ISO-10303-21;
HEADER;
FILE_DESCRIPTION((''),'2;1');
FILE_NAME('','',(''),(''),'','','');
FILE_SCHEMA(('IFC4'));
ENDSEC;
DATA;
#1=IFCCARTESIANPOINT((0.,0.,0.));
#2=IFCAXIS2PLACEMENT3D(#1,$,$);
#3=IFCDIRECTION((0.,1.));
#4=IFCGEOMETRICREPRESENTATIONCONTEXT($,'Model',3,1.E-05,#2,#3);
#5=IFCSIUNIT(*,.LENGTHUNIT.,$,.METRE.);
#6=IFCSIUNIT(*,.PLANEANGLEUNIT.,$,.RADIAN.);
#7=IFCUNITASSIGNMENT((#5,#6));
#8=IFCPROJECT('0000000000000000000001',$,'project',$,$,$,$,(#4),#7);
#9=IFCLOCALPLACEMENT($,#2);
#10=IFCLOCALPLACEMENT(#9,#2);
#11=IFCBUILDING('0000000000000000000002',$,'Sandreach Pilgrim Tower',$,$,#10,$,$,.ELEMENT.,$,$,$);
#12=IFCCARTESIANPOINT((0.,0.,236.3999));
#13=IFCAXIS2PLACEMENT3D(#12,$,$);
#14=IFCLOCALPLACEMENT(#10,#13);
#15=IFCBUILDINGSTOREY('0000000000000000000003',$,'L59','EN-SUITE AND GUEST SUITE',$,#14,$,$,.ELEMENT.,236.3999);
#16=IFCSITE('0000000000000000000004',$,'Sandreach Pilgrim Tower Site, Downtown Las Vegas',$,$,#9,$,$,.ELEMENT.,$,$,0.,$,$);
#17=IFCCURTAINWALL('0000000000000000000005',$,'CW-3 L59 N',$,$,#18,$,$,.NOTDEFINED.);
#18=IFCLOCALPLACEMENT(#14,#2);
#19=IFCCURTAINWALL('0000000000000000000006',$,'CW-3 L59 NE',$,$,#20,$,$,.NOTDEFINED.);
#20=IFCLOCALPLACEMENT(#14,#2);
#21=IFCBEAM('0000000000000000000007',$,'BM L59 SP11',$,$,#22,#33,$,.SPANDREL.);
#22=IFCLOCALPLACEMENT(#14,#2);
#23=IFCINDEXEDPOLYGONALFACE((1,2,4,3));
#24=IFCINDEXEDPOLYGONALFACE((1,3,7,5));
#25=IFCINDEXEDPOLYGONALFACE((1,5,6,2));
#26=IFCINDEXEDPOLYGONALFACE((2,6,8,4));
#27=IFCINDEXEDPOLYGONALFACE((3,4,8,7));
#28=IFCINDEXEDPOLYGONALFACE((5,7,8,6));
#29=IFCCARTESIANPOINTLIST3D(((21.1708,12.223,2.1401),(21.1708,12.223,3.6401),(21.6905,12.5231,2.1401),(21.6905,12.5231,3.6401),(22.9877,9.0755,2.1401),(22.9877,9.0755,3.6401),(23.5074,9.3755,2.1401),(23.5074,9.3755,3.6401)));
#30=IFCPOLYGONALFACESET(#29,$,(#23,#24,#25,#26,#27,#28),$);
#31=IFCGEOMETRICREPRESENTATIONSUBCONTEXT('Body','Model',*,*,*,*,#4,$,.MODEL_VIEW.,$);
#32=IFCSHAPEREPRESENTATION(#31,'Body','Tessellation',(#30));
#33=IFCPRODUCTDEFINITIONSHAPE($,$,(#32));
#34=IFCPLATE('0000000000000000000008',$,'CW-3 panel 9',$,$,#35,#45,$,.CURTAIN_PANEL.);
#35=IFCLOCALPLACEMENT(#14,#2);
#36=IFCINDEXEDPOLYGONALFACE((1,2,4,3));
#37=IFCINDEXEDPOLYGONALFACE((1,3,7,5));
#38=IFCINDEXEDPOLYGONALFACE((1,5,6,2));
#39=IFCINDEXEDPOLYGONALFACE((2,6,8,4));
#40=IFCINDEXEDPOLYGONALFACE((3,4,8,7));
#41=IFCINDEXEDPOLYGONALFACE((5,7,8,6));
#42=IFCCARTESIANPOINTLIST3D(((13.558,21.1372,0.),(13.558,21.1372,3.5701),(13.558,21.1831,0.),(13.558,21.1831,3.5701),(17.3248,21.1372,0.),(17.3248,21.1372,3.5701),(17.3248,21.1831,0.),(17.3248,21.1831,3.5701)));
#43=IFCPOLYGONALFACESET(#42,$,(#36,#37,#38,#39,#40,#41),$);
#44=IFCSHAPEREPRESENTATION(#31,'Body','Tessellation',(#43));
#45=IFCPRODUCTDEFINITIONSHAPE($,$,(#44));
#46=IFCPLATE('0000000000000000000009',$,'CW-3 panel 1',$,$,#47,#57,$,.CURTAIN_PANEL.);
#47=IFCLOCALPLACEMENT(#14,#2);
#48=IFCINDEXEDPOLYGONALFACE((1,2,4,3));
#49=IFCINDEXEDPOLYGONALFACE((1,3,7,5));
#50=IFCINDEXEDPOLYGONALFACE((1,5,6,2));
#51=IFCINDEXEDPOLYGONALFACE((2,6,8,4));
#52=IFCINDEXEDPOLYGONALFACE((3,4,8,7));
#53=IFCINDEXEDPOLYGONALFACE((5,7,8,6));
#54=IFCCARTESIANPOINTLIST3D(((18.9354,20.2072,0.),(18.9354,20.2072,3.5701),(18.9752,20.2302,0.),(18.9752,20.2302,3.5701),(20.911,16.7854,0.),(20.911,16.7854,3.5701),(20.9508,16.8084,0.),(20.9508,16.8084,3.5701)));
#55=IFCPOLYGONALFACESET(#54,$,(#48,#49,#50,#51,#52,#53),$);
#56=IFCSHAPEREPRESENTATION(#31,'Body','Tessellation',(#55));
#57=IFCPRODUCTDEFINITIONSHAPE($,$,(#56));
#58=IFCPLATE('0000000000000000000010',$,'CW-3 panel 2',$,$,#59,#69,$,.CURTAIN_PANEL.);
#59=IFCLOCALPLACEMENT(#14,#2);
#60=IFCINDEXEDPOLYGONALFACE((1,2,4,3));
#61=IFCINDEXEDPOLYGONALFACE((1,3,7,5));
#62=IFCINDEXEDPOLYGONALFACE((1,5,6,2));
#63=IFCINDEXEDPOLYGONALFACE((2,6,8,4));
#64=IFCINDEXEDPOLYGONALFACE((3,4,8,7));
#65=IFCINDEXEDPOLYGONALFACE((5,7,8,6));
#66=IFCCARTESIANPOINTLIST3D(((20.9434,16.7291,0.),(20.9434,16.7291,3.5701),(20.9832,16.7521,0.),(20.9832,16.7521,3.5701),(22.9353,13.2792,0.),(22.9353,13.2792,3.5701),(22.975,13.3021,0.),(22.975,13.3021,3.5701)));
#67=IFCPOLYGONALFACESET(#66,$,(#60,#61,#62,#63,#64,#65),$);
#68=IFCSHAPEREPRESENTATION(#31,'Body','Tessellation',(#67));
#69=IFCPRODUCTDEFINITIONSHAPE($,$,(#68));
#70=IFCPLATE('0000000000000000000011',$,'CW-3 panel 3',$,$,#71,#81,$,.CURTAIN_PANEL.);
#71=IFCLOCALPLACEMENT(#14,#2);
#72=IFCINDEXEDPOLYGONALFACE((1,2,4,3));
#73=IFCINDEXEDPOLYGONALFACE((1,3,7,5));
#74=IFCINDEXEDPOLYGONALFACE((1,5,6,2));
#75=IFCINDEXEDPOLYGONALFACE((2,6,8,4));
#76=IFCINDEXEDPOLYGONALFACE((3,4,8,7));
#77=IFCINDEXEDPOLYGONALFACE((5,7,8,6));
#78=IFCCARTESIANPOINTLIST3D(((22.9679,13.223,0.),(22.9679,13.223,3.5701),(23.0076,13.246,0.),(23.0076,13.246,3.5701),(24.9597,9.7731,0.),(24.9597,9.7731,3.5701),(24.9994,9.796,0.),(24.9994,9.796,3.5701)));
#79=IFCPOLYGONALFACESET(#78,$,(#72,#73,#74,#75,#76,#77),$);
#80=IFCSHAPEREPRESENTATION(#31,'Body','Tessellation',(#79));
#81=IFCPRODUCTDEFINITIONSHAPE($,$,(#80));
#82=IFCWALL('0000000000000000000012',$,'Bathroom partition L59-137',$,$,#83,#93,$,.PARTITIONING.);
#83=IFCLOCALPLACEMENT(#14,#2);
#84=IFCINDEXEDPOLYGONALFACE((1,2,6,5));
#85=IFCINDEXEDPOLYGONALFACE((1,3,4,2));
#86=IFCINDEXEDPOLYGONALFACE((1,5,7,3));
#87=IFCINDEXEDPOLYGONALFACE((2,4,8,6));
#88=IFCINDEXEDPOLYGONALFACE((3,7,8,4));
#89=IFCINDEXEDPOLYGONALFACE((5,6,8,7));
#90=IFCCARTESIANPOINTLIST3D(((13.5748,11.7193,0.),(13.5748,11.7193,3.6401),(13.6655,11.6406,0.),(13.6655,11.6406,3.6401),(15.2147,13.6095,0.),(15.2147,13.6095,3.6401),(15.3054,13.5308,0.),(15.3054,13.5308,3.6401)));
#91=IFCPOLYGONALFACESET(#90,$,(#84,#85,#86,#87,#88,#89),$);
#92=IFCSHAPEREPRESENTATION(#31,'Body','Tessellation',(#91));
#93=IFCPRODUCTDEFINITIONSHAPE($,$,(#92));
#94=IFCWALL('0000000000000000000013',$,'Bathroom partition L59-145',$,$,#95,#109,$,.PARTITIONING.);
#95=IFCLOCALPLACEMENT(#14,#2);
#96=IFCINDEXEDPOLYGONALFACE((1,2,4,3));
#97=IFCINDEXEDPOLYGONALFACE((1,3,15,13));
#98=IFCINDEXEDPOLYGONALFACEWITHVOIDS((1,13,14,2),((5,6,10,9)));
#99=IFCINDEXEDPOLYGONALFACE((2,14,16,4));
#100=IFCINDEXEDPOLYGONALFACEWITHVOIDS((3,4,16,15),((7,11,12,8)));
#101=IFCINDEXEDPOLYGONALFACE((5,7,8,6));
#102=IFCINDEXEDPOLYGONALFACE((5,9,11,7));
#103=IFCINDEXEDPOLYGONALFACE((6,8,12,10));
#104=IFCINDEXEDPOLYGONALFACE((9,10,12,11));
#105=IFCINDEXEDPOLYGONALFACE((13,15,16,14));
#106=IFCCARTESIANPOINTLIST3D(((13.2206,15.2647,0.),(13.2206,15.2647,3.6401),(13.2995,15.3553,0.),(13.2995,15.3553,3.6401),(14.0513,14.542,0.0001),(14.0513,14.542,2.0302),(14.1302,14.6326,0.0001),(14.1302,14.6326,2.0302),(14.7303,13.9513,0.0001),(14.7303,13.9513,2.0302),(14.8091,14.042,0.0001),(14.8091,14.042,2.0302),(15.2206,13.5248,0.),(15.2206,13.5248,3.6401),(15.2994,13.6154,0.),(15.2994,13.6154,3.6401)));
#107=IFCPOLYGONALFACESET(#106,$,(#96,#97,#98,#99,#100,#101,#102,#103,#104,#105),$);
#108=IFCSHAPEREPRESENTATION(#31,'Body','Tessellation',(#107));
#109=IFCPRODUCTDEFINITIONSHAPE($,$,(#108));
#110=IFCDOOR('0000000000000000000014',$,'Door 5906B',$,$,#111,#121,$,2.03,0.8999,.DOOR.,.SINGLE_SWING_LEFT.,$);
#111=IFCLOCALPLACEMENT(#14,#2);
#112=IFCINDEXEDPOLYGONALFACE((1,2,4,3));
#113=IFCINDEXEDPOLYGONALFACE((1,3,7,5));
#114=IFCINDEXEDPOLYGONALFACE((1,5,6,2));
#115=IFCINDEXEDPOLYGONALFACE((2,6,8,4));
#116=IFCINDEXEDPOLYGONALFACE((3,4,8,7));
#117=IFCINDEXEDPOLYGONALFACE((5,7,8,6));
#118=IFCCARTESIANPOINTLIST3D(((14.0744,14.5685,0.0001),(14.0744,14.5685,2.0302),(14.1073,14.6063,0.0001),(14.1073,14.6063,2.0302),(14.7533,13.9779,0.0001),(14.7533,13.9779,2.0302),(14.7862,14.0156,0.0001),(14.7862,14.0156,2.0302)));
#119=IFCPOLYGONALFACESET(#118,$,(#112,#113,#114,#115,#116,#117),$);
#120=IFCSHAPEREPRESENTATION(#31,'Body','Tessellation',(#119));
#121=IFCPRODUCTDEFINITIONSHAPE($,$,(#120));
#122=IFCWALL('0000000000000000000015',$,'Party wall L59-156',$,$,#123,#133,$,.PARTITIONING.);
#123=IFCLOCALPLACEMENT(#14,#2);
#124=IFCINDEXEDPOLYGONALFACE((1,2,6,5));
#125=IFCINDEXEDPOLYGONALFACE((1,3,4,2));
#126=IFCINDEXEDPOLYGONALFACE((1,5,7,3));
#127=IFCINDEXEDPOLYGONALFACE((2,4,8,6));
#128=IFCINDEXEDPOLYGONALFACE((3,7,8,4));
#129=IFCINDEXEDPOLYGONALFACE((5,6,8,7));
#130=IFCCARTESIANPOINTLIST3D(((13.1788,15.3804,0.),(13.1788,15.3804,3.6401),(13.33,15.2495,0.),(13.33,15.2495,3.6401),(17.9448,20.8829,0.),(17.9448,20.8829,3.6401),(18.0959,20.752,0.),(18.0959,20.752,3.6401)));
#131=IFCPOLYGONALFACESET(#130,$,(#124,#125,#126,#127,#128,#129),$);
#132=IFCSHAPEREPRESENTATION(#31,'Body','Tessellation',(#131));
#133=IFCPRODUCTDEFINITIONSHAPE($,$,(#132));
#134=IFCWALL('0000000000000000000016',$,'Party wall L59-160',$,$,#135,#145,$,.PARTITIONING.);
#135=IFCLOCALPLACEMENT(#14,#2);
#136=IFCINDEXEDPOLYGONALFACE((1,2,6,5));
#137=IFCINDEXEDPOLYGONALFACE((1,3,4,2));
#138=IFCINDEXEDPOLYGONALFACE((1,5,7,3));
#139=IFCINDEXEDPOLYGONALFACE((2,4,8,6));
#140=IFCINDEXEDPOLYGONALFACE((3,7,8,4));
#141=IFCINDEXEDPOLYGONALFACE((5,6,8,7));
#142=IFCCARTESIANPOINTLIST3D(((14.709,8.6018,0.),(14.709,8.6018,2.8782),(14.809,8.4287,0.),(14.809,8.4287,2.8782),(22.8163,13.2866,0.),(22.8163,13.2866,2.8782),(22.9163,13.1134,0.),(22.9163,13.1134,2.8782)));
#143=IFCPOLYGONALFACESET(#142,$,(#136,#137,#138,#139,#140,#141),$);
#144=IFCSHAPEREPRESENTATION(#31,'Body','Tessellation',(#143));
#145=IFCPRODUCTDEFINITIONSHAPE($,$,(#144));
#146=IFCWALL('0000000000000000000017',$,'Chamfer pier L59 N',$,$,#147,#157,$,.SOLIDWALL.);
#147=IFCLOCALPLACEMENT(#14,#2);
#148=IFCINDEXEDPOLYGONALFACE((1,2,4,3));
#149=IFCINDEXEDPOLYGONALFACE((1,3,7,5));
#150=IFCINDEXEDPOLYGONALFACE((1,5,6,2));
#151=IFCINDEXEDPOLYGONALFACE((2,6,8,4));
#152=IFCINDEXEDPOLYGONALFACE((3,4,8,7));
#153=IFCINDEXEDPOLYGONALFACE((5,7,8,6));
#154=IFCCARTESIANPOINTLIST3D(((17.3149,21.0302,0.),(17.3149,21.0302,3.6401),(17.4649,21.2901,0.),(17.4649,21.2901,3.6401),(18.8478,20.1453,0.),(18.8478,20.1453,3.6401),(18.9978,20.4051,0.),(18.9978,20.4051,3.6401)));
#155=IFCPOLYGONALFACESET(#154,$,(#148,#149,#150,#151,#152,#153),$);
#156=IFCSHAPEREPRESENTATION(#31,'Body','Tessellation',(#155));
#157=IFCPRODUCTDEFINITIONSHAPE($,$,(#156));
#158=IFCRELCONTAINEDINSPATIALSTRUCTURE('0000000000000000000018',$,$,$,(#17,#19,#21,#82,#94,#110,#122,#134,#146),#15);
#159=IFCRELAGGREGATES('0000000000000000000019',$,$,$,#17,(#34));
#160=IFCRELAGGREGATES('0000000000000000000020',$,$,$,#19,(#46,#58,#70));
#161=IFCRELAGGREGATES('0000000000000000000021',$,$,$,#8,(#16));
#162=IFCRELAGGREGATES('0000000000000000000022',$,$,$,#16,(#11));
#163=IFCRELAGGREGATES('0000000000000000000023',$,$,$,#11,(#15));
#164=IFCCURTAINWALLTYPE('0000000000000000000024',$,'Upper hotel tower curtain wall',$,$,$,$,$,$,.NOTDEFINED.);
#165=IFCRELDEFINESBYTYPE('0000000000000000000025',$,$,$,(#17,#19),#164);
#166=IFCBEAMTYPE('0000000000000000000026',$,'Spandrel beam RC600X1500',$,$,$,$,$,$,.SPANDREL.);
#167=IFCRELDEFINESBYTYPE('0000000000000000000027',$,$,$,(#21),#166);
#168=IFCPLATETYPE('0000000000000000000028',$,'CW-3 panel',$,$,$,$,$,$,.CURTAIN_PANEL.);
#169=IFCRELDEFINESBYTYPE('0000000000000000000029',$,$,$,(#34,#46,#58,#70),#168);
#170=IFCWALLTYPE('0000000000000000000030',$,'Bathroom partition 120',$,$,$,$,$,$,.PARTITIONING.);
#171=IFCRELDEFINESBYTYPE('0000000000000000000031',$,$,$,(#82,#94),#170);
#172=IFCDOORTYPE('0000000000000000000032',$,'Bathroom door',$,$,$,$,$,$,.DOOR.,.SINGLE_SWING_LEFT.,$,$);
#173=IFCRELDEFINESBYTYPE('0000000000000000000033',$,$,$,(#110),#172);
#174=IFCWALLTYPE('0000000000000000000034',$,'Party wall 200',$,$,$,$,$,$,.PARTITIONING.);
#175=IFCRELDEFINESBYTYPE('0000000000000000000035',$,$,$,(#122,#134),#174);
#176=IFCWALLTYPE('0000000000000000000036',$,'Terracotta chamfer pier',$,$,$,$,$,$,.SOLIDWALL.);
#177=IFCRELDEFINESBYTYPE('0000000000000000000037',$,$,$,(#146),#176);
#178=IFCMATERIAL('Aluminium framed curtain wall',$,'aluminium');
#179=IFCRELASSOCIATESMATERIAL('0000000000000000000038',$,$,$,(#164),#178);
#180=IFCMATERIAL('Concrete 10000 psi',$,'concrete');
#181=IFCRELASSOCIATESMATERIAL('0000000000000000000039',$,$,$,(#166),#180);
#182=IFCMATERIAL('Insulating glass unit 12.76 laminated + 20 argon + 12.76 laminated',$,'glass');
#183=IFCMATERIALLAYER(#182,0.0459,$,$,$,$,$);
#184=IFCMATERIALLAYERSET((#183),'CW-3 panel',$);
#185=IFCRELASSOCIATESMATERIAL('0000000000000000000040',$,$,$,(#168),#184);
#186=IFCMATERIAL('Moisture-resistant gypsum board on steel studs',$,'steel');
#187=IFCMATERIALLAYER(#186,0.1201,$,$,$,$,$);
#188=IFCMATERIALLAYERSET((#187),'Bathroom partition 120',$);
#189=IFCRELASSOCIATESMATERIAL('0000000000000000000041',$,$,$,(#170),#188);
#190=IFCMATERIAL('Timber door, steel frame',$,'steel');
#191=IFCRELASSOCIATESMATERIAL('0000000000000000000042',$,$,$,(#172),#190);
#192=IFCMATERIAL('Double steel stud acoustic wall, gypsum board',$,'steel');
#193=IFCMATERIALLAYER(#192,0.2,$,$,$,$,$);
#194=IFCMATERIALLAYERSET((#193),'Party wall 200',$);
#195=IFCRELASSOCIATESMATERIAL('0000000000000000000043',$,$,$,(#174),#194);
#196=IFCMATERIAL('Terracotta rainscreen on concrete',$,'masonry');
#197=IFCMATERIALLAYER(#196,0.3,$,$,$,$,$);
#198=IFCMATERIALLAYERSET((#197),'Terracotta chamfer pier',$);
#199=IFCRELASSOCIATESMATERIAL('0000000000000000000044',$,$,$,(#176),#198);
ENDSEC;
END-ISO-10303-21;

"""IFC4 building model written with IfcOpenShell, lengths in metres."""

from ifc_helpers import new_model, si_unit, direction, frame, frame_2d, origin, origin_2d, place, context, subcontext, project, spatial, rectangle, extrude, material, layer, layer_set, material_profile, profile_set, type_object, element, fill, aggregate, save


model = new_model("IFC4")

# Units and contexts
model_context = context("Model", 3, precision=1e-05, world=origin(), true_north=direction((0.0, 1.0)))
body_context = subcontext(model_context, "Body", "Model", "MODEL_VIEW")
ifc_project = project(units=[si_unit("LENGTHUNIT", "METRE"), si_unit("PLANEANGLEUNIT", "RADIAN")], contexts=[model_context])

# Site, building, storey
site_placement = place(None, origin())
site = spatial("IfcSite", under=ifc_project, at=site_placement, Name="Sandreach Pilgrim Tower Site, Downtown Las Vegas", CompositionType="ELEMENT", RefElevation=0.0)
building_placement = place(site_placement, origin())
building = spatial("IfcBuilding", under=site, at=building_placement, Name="Sandreach Pilgrim Tower", CompositionType="ELEMENT")
storey_placement = place(building_placement, frame((0.0, 0.0, 236.3999)))
storey = spatial("IfcBuildingStorey", under=building, at=storey_placement, Name="L59", Description="EN-SUITE AND GUEST SUITE", CompositionType="ELEMENT", Elevation=236.3999)

# Curtain walls
ifc_material_1 = material(Name="Aluminium framed curtain wall", Category="aluminium")
curtain_wall_type = type_object("IfcCurtainWallType", Name="Upper hotel tower curtain wall", PredefinedType="NOTDEFINED", material=ifc_material_1)
curtain_wall_1_placement = place(storey_placement, origin())
curtain_wall_1 = element("IfcCurtainWall", 1, at=curtain_wall_1_placement, inside=storey, type_object=curtain_wall_type, Name="CW-3 L59 N", PredefinedType="NOTDEFINED")
curtain_wall_2_placement = place(storey_placement, origin())
curtain_wall_2 = element("IfcCurtainWall", 2, at=curtain_wall_2_placement, inside=storey, type_object=curtain_wall_type, Name="CW-3 L59 NE", PredefinedType="NOTDEFINED")

# Beam
ifc_material_2 = material(Name="Concrete 10000 psi", Category="concrete")
ifc_material_profile_1 = material_profile(ifc_material_2, rectangle(XDim=0.6001, YDim=1.5, at=origin_2d()), Name="RC600X1500")
ifc_profile_set_1 = profile_set([ifc_material_profile_1], Name="Concrete 10000 psi")
beam_type_1 = type_object("IfcBeamType", Name="Spandrel beam RC600X1500", PredefinedType="SPANDREL", material=ifc_profile_set_1)
beam_1_placement = place(storey_placement, frame((21.4307, 12.373, 2.8901), z_axis=(0.49994, -0.86606, 0.0), x_axis=(0.86606, 0.49994, 0.0)))
element("IfcBeam", 3, at=beam_1_placement, inside=storey, type_object=beam_type_1, Name="BM L59 SP11", PredefinedType="SPANDREL", context=body_context, shape_type="SweptSolid", body=[
    extrude(rectangle(XDim=0.6001, YDim=1.5, at=origin_2d()), origin(), (0.0, 0.0, 1.0), 3.6343),
])

# Plates
ifc_material_3 = material(Name="Insulating glass unit 12.76 laminated + 20 argon + 12.76 laminated", Category="glass")
ifc_layer_1 = layer(ifc_material_3, 0.0459)
ifc_layer_set_1 = layer_set([ifc_layer_1], Name="CW-3 panel")
plate_type = type_object("IfcPlateType", Name="CW-3 panel", PredefinedType="CURTAIN_PANEL", material=ifc_layer_set_1)
plate_1_placement = place(storey_placement, frame((15.4414, 21.1602, 0.0), z_axis=(0.0, 0.0, 1.0), x_axis=(1.0, 0.0, 0.0)))
plate_1 = element("IfcPlate", 4, at=plate_1_placement, type_object=plate_type, Name="CW-3 panel 9", PredefinedType="CURTAIN_PANEL", context=body_context, shape_type="SweptSolid", body=[
    extrude(rectangle(XDim=3.7668, YDim=0.0459, at=origin_2d()), origin(), (0.0, 0.0, 1.0), 3.5701),
])
aggregate(curtain_wall_1, [plate_1])
plate_2_placement = place(storey_placement, frame((19.9431, 18.5078, 0.0), z_axis=(0.0, 0.0, 1.0), x_axis=(0.5, -0.866025, 0.0)))
plate_2 = element("IfcPlate", 5, at=plate_2_placement, type_object=plate_type, Name="CW-3 panel 1", PredefinedType="CURTAIN_PANEL", context=body_context, shape_type="SweptSolid", body=[
    extrude(rectangle(XDim=3.9512, YDim=0.0459, at=origin_2d()), origin(), (0.0, 0.0, 1.0), 3.5701),
])
plate_3_placement = place(storey_placement, frame((21.9592, 15.0156, 0.0), z_axis=(0.0, 0.0, 1.0), x_axis=(0.5, -0.866025, 0.0)))
plate_3 = element("IfcPlate", 6, at=plate_3_placement, type_object=plate_type, Name="CW-3 panel 2", PredefinedType="CURTAIN_PANEL", context=body_context, shape_type="SweptSolid", body=[
    extrude(rectangle(XDim=3.9836, YDim=0.0459, at=origin_2d()), origin(), (0.0, 0.0, 1.0), 3.5701),
])
plate_4_placement = place(storey_placement, frame((23.9836, 11.5095, 0.0), z_axis=(0.0, 0.0, 1.0), x_axis=(0.5, -0.866025, 0.0)))
plate_4 = element("IfcPlate", 7, at=plate_4_placement, type_object=plate_type, Name="CW-3 panel 3", PredefinedType="CURTAIN_PANEL", context=body_context, shape_type="SweptSolid", body=[
    extrude(rectangle(XDim=3.9836, YDim=0.0459, at=origin_2d()), origin(), (0.0, 0.0, 1.0), 3.5701),
])
aggregate(curtain_wall_2, [plate_2, plate_3, plate_4])

# Wall
ifc_material_4 = material(Name="Moisture-resistant gypsum board on steel studs", Category="steel")
ifc_layer_2 = layer(ifc_material_4, 0.1201)
ifc_layer_set_2 = layer_set([ifc_layer_2], Name="Bathroom partition 120")
wall_type_1 = type_object("IfcWallType", Name="Bathroom partition 120", PredefinedType="PARTITIONING", material=ifc_layer_set_2)
wall_1_placement = place(storey_placement, frame((13.6201, 11.6799, 0.0), z_axis=(0.0, 0.0, 1.0), x_axis=(0.655335, 0.755338, 0.0)))
element("IfcWall", 8, at=wall_1_placement, inside=storey, type_object=wall_type_1, Name="Bathroom partition L59-137", PredefinedType="PARTITIONING", context=body_context, shape_type="SweptSolid", body=[
    extrude(rectangle(XDim=2.5024, YDim=0.1201, at=frame_2d((1.2512, 0.0))), origin(), (0.0, 0.0, 1.0), 3.6401),
])

# Wall, opening, door
wall_2_placement = place(storey_placement, frame((15.26, 13.5701, 0.0), z_axis=(0.0, 0.0, 1.0), x_axis=(-0.754445, 0.656363, 0.0)))
wall_2 = element("IfcWall", 9, at=wall_2_placement, inside=storey, type_object=wall_type_1, Name="Bathroom partition L59-145", PredefinedType="PARTITIONING", context=body_context, shape_type="SweptSolid", body=[
    extrude(rectangle(XDim=2.6509, YDim=0.1201, at=frame_2d((1.3254, 0.0))), origin(), (0.0, 0.0, 1.0), 3.6401),
])
opening_placement = place(wall_2_placement, frame((0.6499, 0.0, 0.0)))
opening = element("IfcOpeningElement", 10, at=opening_placement, cuts=wall_2, PredefinedType="OPENING", context=body_context, shape_type="SweptSolid", body=[
    extrude(rectangle(XDim=0.8999, YDim=2.03, at=frame_2d((0.45, 1.0151))), frame((0.0, 0.0601, 0.0), z_axis=(0.0, -1.0, 0.0), x_axis=(1.0, 0.0, 0.0)), (0.0, 0.0, 1.0), 0.1201),
])
ifc_material_5 = material(Name="Timber door, steel frame", Category="steel")
door_type = type_object("IfcDoorType", Name="Bathroom door", OperationType="SINGLE_SWING_LEFT", PredefinedType="DOOR", material=ifc_material_5)
door_placement = place(opening_placement, origin())
door = element("IfcDoor", 11, at=door_placement, inside=storey, type_object=door_type, Name="Door 5906B", OperationType="SINGLE_SWING_LEFT", OverallHeight=2.03, OverallWidth=0.8999, PredefinedType="DOOR", context=body_context, shape_type="SweptSolid", body=[
    extrude(rectangle(XDim=0.8999, YDim=2.03, at=frame_2d((0.45, 1.0151))), frame((0.0, 0.0249, 0.0), z_axis=(0.0, -1.0, 0.0), x_axis=(1.0, 0.0, 0.0)), (0.0, 0.0, 1.0), 0.05),
])
fill(opening, door)

# Walls
ifc_material_6 = material(Name="Double steel stud acoustic wall, gypsum board", Category="steel")
ifc_layer_3 = layer(ifc_material_6, 0.2)
ifc_layer_set_3 = layer_set([ifc_layer_3], Name="Party wall 200")
wall_type_2 = type_object("IfcWallType", Name="Party wall 200", PredefinedType="PARTITIONING", material=ifc_layer_set_3)
wall_3_placement = place(storey_placement, frame((18.0203, 20.8174, 0.0), z_axis=(0.0, 0.0, 1.0), x_axis=(-0.654702, -0.755887, 0.0)))
element("IfcWall", 12, at=wall_3_placement, inside=storey, type_object=wall_type_2, Name="Party wall L59-156", PredefinedType="PARTITIONING", context=body_context, shape_type="SweptSolid", body=[
    extrude(rectangle(XDim=7.2795, YDim=0.2, at=frame_2d((3.6396, 0.0))), origin(), (0.0, 0.0, 1.0), 3.6401),
])
wall_4_placement = place(storey_placement, frame((22.8662, 13.2, 0.0), z_axis=(0.0, 0.0, 1.0), x_axis=(-0.865841, -0.50032, 0.0)))
element("IfcWall", 13, at=wall_4_placement, inside=storey, type_object=wall_type_2, Name="Party wall L59-160", PredefinedType="PARTITIONING", context=body_context, shape_type="SweptSolid", body=[
    extrude(rectangle(XDim=9.3635, YDim=0.2, at=frame_2d((4.6816, 0.0))), origin(), (0.0, 0.0, 1.0), 2.8782),
])
ifc_material_7 = material(Name="Terracotta rainscreen on concrete", Category="masonry")
ifc_layer_4 = layer(ifc_material_7, 0.3)
ifc_layer_set_4 = layer_set([ifc_layer_4], Name="Terracotta chamfer pier")
wall_type_3 = type_object("IfcWallType", Name="Terracotta chamfer pier", PredefinedType="SOLIDWALL", material=ifc_layer_set_4)
wall_5_placement = place(storey_placement, frame((17.3899, 21.1602, 0.0), z_axis=(0.0, 0.0, 1.0), x_axis=(0.866036, -0.499981, 0.0)))
element("IfcWall", 14, at=wall_5_placement, inside=storey, type_object=wall_type_3, Name="Chamfer pier L59 N", PredefinedType="SOLIDWALL", context=body_context, shape_type="SweptSolid", body=[
    extrude(rectangle(XDim=1.77, YDim=0.3, at=frame_2d((0.885, 0.0))), origin(), (0.0, 0.0, 1.0), 3.6401),
])

save(model, "model.ifc")
